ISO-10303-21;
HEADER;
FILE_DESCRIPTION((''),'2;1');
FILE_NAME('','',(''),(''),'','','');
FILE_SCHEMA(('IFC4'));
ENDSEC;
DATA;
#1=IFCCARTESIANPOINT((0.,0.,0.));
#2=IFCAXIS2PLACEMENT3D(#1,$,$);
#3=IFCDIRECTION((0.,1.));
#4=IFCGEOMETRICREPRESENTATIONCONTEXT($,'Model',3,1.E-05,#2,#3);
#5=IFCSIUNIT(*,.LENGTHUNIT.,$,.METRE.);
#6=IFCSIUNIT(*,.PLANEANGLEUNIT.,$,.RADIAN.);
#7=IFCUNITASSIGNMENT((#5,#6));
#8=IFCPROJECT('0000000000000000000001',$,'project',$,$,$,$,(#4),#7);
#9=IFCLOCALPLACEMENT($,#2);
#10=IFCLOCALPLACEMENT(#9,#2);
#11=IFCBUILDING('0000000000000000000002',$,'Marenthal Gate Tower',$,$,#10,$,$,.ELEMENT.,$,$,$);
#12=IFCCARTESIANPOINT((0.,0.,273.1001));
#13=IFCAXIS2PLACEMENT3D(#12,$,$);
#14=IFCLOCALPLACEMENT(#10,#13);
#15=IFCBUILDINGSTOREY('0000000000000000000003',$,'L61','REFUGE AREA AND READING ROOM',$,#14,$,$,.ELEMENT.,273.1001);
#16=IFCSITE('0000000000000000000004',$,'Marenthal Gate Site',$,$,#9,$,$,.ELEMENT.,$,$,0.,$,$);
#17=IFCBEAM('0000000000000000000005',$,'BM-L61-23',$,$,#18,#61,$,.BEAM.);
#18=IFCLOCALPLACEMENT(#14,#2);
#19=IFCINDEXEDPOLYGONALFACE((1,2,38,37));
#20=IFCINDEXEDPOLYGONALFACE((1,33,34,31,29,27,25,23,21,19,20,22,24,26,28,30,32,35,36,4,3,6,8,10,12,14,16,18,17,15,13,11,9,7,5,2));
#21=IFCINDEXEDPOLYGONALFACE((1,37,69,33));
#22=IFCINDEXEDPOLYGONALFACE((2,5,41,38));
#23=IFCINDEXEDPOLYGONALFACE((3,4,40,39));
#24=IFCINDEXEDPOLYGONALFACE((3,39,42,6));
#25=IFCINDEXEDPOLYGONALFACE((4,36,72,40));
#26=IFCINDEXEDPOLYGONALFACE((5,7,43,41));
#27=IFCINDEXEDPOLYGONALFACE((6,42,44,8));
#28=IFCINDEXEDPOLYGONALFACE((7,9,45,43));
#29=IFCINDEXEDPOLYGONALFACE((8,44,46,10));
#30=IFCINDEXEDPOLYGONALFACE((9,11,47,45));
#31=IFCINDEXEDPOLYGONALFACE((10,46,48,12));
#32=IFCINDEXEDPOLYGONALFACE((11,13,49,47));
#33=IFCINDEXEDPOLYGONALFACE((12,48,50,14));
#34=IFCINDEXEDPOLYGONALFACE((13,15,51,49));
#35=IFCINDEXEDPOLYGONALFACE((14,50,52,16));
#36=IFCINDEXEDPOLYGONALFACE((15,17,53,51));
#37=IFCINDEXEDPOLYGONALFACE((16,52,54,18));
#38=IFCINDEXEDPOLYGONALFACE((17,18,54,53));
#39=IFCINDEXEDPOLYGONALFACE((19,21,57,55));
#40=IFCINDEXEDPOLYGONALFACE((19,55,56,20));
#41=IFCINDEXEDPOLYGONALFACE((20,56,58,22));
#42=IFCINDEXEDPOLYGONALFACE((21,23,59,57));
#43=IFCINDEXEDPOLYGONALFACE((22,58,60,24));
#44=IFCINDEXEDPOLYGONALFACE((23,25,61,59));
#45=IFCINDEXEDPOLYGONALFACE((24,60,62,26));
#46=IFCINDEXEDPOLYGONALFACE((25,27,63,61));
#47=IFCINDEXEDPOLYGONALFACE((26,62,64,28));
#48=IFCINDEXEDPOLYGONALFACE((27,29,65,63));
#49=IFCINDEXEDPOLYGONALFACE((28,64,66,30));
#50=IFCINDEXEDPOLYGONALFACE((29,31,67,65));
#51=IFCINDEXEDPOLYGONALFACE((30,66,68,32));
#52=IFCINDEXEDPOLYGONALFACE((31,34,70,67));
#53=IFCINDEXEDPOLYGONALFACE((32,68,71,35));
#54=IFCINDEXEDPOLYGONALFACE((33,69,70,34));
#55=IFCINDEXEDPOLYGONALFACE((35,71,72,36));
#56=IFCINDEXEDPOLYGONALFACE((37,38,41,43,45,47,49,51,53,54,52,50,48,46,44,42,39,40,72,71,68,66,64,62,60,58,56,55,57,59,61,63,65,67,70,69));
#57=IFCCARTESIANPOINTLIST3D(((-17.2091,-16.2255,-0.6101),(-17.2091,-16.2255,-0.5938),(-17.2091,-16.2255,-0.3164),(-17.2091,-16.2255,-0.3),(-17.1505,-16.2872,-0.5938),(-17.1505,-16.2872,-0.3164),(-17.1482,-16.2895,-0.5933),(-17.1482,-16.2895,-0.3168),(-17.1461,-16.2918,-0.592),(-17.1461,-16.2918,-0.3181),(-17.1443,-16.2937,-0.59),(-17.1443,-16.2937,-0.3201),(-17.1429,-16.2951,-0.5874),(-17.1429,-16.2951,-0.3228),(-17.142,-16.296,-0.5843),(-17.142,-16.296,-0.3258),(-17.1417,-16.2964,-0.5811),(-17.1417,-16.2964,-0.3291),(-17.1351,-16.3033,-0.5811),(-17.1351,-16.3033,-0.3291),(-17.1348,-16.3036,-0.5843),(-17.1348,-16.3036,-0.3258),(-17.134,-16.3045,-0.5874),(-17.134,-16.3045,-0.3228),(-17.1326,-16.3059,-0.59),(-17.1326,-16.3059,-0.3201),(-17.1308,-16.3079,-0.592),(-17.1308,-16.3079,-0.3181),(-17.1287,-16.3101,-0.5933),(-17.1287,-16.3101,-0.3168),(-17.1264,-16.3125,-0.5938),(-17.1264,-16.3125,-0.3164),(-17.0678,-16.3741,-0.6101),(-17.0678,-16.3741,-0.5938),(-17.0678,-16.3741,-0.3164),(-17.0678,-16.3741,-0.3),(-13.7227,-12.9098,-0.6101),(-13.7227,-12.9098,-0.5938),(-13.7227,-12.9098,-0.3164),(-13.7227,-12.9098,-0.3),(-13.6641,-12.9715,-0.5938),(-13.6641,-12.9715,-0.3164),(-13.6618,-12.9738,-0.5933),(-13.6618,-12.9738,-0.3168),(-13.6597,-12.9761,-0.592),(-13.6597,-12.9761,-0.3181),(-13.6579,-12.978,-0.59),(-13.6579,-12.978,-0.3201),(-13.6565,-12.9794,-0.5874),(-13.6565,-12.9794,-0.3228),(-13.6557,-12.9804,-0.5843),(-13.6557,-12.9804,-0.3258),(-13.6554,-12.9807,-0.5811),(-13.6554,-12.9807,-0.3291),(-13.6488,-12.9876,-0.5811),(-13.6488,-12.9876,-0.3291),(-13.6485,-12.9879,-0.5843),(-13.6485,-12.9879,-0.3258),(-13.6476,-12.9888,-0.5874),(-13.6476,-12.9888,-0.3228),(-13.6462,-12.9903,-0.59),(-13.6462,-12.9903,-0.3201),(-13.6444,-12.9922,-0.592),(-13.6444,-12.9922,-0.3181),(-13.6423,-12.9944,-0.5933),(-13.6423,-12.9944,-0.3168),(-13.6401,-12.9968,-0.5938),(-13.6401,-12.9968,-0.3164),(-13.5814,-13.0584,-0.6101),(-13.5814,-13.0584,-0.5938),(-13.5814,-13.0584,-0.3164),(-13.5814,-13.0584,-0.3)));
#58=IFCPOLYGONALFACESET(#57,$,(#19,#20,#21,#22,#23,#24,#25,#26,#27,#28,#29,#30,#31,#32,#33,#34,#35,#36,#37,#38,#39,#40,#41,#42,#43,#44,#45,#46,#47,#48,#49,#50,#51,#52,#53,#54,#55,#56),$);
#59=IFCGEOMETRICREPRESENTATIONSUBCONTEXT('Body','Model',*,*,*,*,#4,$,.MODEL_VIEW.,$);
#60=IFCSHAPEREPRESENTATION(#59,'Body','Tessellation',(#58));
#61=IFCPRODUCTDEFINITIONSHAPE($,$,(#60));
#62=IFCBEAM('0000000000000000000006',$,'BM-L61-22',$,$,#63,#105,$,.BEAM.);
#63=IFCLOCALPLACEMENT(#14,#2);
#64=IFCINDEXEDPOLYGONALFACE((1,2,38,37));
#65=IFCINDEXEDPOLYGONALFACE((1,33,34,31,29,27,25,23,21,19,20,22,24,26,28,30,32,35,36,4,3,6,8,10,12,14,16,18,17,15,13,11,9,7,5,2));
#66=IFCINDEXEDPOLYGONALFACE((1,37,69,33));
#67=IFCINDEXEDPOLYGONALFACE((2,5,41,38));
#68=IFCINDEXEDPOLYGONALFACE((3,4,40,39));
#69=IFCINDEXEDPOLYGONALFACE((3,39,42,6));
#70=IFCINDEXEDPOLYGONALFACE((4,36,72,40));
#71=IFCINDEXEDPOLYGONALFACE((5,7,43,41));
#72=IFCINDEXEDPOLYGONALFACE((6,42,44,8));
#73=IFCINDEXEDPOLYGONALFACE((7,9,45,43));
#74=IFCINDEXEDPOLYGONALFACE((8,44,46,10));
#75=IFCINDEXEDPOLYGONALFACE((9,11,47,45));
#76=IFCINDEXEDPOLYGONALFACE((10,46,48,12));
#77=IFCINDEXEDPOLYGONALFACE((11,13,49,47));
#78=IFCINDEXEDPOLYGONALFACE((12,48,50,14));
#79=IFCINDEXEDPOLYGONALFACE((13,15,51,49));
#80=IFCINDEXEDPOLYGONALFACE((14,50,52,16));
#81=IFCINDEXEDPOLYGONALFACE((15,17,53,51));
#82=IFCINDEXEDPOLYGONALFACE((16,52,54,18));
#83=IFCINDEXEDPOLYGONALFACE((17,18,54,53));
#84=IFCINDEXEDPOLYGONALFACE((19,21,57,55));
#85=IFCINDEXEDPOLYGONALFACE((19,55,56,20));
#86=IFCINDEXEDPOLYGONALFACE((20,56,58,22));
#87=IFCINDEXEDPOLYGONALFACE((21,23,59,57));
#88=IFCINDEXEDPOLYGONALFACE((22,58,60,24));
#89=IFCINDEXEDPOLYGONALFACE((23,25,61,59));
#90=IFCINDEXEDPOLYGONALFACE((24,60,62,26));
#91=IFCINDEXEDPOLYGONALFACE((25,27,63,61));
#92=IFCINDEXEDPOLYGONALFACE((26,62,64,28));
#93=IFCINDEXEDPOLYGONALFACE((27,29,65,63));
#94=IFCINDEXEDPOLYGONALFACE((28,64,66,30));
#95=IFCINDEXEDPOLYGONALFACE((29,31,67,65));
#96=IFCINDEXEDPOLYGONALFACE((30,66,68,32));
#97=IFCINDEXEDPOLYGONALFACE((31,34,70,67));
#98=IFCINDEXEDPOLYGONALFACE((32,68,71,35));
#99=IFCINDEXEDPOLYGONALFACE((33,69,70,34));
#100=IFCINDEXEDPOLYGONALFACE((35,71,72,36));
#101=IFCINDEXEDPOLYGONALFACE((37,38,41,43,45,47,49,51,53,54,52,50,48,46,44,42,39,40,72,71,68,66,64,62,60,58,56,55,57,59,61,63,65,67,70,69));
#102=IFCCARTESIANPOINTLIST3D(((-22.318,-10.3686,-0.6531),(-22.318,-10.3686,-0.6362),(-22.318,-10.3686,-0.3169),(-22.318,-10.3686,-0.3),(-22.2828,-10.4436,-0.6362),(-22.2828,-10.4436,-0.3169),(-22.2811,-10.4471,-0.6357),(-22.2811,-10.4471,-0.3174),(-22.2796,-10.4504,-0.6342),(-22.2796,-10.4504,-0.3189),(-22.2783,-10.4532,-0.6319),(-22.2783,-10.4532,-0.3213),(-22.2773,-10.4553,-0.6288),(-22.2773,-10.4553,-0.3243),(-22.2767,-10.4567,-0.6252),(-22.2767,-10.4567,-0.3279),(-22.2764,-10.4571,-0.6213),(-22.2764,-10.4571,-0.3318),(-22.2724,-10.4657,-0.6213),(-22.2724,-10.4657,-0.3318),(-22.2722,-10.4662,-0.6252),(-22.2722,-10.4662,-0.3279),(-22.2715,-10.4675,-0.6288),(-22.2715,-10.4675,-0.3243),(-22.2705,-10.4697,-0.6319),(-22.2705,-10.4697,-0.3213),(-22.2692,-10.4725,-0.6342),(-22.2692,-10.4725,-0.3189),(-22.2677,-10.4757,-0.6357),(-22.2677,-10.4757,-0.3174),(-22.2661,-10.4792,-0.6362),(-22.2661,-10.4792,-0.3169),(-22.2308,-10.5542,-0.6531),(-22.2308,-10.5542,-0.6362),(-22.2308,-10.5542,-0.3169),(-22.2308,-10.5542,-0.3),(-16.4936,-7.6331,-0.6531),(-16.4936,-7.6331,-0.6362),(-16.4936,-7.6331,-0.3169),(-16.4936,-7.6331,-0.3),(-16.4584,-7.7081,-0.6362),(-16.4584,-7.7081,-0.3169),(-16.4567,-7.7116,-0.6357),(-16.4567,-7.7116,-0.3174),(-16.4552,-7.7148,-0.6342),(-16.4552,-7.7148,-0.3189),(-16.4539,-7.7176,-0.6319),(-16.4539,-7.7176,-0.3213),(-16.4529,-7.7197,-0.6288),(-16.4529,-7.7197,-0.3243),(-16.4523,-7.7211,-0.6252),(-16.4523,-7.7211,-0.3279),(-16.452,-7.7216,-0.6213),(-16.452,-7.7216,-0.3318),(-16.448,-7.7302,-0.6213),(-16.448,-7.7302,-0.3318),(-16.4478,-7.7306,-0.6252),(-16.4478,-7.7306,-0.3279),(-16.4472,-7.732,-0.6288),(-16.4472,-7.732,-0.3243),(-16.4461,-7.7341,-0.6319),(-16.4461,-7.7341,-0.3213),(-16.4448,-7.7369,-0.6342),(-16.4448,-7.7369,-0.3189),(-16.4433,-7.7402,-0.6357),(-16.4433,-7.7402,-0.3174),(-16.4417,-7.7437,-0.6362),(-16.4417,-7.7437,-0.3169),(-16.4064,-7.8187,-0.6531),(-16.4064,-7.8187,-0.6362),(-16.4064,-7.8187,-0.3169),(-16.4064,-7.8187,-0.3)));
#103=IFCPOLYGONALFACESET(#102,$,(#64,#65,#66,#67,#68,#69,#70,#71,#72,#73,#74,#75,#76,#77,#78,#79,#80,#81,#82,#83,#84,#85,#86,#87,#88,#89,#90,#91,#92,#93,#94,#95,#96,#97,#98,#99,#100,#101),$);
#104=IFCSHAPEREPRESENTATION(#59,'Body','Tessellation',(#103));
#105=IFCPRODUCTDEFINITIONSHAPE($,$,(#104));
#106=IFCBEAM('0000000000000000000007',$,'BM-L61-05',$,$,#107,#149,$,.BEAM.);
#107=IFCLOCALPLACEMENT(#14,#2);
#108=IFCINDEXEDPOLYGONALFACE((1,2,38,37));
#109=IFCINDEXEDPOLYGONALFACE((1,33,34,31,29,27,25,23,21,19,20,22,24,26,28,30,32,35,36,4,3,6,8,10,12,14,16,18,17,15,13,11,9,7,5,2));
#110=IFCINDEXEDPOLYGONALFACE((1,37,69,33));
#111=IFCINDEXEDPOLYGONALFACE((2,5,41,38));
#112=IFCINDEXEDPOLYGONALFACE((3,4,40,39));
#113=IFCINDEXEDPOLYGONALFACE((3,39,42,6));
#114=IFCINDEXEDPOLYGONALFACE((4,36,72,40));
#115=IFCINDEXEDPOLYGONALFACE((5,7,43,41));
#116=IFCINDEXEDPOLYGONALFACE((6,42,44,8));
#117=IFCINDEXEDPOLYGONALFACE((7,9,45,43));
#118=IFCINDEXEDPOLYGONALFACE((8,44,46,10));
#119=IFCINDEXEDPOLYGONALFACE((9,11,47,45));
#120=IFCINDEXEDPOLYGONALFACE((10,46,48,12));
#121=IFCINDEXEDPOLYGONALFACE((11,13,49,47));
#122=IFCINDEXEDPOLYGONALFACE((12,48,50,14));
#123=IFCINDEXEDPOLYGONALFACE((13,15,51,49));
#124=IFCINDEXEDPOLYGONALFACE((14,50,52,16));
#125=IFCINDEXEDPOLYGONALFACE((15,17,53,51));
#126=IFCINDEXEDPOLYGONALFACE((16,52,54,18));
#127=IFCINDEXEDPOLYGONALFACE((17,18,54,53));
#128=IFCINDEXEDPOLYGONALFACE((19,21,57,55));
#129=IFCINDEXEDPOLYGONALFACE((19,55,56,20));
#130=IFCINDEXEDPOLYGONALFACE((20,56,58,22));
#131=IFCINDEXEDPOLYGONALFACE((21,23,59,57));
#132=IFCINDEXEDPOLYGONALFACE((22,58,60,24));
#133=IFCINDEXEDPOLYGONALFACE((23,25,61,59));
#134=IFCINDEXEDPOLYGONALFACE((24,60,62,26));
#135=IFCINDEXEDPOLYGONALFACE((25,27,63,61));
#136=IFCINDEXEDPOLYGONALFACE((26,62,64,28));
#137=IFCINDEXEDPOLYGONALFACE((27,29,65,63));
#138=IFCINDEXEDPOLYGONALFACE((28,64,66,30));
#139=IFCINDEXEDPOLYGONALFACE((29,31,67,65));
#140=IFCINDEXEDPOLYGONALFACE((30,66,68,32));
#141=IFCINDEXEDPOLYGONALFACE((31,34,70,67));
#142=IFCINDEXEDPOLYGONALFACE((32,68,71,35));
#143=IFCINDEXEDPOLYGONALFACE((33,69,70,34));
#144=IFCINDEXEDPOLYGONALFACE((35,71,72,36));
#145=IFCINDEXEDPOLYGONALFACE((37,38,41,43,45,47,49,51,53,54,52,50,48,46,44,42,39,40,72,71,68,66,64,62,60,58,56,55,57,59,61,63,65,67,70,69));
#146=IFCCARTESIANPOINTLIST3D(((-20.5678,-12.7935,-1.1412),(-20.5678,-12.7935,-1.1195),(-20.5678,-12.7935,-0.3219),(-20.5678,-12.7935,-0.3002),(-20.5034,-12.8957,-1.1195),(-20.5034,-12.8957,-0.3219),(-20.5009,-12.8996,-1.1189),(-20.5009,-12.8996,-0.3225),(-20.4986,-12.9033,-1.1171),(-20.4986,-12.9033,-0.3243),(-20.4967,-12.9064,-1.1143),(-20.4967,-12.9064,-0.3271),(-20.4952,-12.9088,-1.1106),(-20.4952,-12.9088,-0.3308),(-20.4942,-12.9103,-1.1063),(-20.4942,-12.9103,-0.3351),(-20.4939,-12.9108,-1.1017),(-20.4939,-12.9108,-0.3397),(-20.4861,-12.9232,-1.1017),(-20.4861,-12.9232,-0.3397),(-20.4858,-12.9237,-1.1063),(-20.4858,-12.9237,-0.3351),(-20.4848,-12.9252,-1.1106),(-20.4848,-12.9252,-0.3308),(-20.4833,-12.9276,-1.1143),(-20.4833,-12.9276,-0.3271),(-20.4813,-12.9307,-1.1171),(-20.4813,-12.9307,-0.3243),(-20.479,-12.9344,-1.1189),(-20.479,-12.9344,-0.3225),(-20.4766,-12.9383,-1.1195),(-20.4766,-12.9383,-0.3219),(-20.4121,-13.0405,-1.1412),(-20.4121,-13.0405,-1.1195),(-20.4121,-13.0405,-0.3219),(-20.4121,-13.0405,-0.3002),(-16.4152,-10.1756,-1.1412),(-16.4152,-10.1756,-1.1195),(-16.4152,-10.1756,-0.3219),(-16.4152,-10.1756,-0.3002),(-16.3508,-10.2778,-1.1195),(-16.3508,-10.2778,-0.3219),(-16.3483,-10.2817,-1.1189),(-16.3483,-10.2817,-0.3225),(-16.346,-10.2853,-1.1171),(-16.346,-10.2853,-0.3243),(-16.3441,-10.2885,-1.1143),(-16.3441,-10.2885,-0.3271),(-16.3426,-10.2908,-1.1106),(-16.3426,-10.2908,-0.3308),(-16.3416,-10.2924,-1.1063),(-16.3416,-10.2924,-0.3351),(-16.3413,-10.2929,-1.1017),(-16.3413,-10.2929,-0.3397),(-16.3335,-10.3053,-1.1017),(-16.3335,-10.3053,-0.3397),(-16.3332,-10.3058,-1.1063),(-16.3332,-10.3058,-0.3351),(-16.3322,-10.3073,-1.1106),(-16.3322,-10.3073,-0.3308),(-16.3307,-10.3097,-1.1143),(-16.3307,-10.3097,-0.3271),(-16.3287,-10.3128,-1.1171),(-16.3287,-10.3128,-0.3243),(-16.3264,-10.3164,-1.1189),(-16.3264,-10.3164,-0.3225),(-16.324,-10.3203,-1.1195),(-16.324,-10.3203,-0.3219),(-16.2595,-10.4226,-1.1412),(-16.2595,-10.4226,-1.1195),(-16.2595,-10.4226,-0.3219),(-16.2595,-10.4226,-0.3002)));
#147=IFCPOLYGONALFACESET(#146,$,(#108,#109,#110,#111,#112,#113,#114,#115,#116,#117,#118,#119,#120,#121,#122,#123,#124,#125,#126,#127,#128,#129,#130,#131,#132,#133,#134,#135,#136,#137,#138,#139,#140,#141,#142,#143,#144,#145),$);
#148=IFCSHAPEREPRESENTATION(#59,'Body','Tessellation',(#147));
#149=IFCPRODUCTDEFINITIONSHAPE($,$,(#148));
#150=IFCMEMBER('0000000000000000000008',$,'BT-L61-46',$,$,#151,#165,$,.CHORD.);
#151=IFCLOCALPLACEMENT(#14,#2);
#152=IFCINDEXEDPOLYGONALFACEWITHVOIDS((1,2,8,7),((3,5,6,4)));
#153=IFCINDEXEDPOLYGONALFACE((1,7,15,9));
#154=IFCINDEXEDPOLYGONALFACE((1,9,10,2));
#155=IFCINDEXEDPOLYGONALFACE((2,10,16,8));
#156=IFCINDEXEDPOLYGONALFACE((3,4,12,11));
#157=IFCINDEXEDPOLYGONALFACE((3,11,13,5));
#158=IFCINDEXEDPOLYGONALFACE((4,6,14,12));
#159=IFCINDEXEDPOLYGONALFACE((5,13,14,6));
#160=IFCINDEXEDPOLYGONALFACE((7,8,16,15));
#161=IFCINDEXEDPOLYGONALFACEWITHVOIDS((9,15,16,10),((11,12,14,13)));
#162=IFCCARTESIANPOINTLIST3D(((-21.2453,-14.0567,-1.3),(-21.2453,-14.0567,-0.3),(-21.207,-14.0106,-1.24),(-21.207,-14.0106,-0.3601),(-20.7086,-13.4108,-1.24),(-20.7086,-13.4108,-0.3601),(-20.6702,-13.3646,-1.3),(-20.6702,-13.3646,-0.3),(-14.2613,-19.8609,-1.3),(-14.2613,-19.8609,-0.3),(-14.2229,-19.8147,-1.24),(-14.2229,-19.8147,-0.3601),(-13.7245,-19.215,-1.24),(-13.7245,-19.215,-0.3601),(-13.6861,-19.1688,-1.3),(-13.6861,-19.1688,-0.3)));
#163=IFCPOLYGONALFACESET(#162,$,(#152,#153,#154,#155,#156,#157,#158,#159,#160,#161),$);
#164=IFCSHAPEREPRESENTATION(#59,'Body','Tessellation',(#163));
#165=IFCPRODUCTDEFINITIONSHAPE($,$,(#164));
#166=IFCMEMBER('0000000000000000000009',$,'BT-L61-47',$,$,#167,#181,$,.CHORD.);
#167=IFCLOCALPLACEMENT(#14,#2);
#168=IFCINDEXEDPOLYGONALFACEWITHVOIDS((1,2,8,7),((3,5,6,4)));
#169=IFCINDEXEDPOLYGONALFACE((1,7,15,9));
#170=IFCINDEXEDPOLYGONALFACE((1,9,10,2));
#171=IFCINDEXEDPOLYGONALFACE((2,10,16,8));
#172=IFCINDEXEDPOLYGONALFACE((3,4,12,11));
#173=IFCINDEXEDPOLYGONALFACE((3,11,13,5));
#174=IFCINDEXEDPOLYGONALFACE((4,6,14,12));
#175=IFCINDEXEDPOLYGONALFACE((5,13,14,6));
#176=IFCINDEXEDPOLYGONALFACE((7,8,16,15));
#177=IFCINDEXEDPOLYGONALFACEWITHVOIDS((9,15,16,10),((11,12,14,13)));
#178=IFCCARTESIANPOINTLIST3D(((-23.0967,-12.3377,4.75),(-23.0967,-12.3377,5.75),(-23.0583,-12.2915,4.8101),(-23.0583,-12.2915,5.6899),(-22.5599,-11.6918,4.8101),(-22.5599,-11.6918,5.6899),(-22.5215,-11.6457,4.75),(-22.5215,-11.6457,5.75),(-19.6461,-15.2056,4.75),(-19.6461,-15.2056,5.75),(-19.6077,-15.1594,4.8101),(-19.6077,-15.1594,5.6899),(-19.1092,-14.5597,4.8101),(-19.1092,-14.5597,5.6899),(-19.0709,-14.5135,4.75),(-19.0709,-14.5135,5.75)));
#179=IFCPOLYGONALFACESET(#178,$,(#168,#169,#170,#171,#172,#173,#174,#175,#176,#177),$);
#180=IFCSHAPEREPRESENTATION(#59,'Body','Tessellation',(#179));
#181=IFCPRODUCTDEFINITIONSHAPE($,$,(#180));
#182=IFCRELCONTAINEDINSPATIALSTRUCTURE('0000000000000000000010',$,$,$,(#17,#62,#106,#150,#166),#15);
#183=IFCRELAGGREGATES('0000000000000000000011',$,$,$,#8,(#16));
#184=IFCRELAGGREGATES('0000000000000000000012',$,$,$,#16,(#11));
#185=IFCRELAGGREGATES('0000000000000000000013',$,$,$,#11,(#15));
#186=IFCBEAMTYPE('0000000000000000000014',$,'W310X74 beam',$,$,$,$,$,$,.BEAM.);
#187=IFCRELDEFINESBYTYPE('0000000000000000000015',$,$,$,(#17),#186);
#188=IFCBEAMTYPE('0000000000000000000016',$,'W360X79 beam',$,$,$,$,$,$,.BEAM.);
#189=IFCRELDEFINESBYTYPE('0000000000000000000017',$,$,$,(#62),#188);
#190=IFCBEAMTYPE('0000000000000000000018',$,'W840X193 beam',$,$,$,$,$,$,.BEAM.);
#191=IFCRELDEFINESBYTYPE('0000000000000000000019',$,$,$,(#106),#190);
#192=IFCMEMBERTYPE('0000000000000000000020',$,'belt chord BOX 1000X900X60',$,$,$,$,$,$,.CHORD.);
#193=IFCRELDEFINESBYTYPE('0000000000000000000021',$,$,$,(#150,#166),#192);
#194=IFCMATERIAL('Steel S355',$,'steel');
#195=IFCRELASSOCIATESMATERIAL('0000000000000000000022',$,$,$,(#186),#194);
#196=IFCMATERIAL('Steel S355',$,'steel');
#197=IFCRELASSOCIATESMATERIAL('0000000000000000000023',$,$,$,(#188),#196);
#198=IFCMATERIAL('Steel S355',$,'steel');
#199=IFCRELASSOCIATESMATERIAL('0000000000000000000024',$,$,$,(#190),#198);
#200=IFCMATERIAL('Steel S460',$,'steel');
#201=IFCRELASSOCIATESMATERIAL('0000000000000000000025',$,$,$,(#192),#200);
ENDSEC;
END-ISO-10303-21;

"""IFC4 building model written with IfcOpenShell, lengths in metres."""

from ifc_helpers import new_model, si_unit, direction, frame, origin, origin_2d, place, context, subcontext, project, spatial, hollow_rectangle, i_section, extrude, material, material_profile, profile_set, type_object, element, save


model = new_model("IFC4")

# Units and contexts
model_context = context("Model", 3, precision=1e-05, world=origin(), true_north=direction((0.0, 1.0)))
body_context = subcontext(model_context, "Body", "Model", "MODEL_VIEW")
ifc_project = project(units=[si_unit("LENGTHUNIT", "METRE"), si_unit("PLANEANGLEUNIT", "RADIAN")], contexts=[model_context])

# Site, building, storey
site_placement = place(None, origin())
site = spatial("IfcSite", under=ifc_project, at=site_placement, Name="Marenthal Gate Site", CompositionType="ELEMENT", RefElevation=0.0)
building_placement = place(site_placement, origin())
building = spatial("IfcBuilding", under=site, at=building_placement, Name="Marenthal Gate Tower", CompositionType="ELEMENT")
storey_placement = place(building_placement, frame((0.0, 0.0, 273.1001)))
storey = spatial("IfcBuildingStorey", under=building, at=storey_placement, Name="L61", Description="REFUGE AREA AND READING ROOM", CompositionType="ELEMENT", Elevation=273.1001)

# Beams
ifc_material_1 = material(Name="Steel S355", Category="steel")
ifc_material_profile_1 = material_profile(ifc_material_1, i_section(OverallWidth=0.2051, OverallDepth=0.3101, WebThickness=0.0095, FlangeThickness=0.0164, FilletRadius=0.0127, at=origin_2d()), Name="W310X74")
ifc_profile_set_1 = profile_set([ifc_material_profile_1], Name="Steel S355")
beam_type_1 = type_object("IfcBeamType", Name="W310X74 beam", PredefinedType="BEAM", material=ifc_profile_set_1)
beam_1_placement = place(storey_placement, frame((-17.1384, -16.2998, -0.4551), z_axis=(0.724619, 0.689149, 0.0), x_axis=(-0.689149, 0.724619, 0.0)))
element("IfcBeam", 1, at=beam_1_placement, inside=storey, type_object=beam_type_1, Name="BM-L61-23", PredefinedType="BEAM", context=body_context, shape_type="SweptSolid", body=[
    extrude(i_section(OverallWidth=0.2051, OverallDepth=0.3101, WebThickness=0.0095, FlangeThickness=0.0164, FilletRadius=0.0127, at=origin_2d()), origin(), (0.0, 0.0, 1.0), 4.8113),
])
ifc_material_2 = material(Name="Steel S355", Category="steel")
ifc_material_profile_2 = material_profile(ifc_material_2, i_section(OverallWidth=0.2051, OverallDepth=0.353, WebThickness=0.0095, FlangeThickness=0.0168, FilletRadius=0.0149, at=origin_2d()), Name="W360X79")
ifc_profile_set_2 = profile_set([ifc_material_profile_2], Name="Steel S355")
beam_type_2 = type_object("IfcBeamType", Name="W360X79 beam", PredefinedType="BEAM", material=ifc_profile_set_2)
beam_2_placement = place(storey_placement, frame((-22.2744, -10.4614, -0.4766), z_axis=(0.905137, 0.425119, 0.0), x_axis=(-0.425119, 0.905137, 0.0)))
element("IfcBeam", 2, at=beam_2_placement, inside=storey, type_object=beam_type_2, Name="BM-L61-22", PredefinedType="BEAM", context=body_context, shape_type="SweptSolid", body=[
    extrude(i_section(OverallWidth=0.2051, OverallDepth=0.353, WebThickness=0.0095, FlangeThickness=0.0168, FilletRadius=0.0149, at=origin_2d()), origin(), (0.0, 0.0, 1.0), 6.4348),
])
ifc_material_3 = material(Name="Steel S355", Category="steel")
ifc_material_profile_3 = material_profile(ifc_material_3, i_section(OverallWidth=0.292, OverallDepth=0.8411, WebThickness=0.0146, FlangeThickness=0.0217, FilletRadius=0.0178, at=origin_2d()), Name="W840X193")
ifc_profile_set_3 = profile_set([ifc_material_profile_3], Name="Steel S355")
beam_type_3 = type_object("IfcBeamType", Name="W840X193 beam", PredefinedType="BEAM", material=ifc_profile_set_3)
beam_3_placement = place(storey_placement, frame((-20.49, -12.917, -0.7207), z_axis=(0.845927, 0.533299, 0.0), x_axis=(-0.533299, 0.845927, 0.0)))
element("IfcBeam", 3, at=beam_3_placement, inside=storey, type_object=beam_type_3, Name="BM-L61-05", PredefinedType="BEAM", context=body_context, shape_type="SweptSolid", body=[
    extrude(i_section(OverallWidth=0.292, OverallDepth=0.8411, WebThickness=0.0146, FlangeThickness=0.0217, FilletRadius=0.0178, at=origin_2d()), origin(), (0.0, 0.0, 1.0), 4.9089),
])

# Members
ifc_material_4 = material(Name="Steel S460", Category="steel")
ifc_material_profile_4 = material_profile(ifc_material_4, hollow_rectangle(XDim=0.8999, YDim=1.0, WallThickness=0.0601, at=origin_2d()), Name="BOX 1000X900X60")
ifc_profile_set_4 = profile_set([ifc_material_profile_4], Name="Steel S460")
member_type_1 = type_object("IfcMemberType", Name="belt chord BOX 1000X900X60", PredefinedType="CHORD", material=ifc_profile_set_4)
member_1_placement = place(storey_placement, frame((-20.9578, -13.7107, -0.8), z_axis=(0.769082, -0.63915, 0.0), x_axis=(0.63915, 0.769082, 0.0)))
element("IfcMember", 4, at=member_1_placement, inside=storey, type_object=member_type_1, Name="BT-L61-46", PredefinedType="CHORD", context=body_context, shape_type="SweptSolid", body=[
    extrude(hollow_rectangle(XDim=0.8999, YDim=1.0, WallThickness=0.0601, at=origin_2d()), origin(), (0.0, 0.0, 1.0), 9.0811),
])
for number, where, z_axis, x_axis, name in (
    (5, (-22.8091, -11.9917, 5.25), (0.769059, -0.639178, 0.0), (0.639178, 0.769059, 0.0), "BT-L61-47"),
):
    element("IfcMember", number, at=place(storey_placement, frame(where, z_axis=z_axis, x_axis=x_axis)), inside=storey, type_object=member_type_1, Name=name, PredefinedType="CHORD", context=body_context, shape_type="SweptSolid", body=[
        extrude(hollow_rectangle(XDim=0.8999, YDim=1.0, WallThickness=0.0601, at=origin_2d()), origin(), (0.0, 0.0, 1.0), 4.4868),
    ])

save(model, "model.ifc")
